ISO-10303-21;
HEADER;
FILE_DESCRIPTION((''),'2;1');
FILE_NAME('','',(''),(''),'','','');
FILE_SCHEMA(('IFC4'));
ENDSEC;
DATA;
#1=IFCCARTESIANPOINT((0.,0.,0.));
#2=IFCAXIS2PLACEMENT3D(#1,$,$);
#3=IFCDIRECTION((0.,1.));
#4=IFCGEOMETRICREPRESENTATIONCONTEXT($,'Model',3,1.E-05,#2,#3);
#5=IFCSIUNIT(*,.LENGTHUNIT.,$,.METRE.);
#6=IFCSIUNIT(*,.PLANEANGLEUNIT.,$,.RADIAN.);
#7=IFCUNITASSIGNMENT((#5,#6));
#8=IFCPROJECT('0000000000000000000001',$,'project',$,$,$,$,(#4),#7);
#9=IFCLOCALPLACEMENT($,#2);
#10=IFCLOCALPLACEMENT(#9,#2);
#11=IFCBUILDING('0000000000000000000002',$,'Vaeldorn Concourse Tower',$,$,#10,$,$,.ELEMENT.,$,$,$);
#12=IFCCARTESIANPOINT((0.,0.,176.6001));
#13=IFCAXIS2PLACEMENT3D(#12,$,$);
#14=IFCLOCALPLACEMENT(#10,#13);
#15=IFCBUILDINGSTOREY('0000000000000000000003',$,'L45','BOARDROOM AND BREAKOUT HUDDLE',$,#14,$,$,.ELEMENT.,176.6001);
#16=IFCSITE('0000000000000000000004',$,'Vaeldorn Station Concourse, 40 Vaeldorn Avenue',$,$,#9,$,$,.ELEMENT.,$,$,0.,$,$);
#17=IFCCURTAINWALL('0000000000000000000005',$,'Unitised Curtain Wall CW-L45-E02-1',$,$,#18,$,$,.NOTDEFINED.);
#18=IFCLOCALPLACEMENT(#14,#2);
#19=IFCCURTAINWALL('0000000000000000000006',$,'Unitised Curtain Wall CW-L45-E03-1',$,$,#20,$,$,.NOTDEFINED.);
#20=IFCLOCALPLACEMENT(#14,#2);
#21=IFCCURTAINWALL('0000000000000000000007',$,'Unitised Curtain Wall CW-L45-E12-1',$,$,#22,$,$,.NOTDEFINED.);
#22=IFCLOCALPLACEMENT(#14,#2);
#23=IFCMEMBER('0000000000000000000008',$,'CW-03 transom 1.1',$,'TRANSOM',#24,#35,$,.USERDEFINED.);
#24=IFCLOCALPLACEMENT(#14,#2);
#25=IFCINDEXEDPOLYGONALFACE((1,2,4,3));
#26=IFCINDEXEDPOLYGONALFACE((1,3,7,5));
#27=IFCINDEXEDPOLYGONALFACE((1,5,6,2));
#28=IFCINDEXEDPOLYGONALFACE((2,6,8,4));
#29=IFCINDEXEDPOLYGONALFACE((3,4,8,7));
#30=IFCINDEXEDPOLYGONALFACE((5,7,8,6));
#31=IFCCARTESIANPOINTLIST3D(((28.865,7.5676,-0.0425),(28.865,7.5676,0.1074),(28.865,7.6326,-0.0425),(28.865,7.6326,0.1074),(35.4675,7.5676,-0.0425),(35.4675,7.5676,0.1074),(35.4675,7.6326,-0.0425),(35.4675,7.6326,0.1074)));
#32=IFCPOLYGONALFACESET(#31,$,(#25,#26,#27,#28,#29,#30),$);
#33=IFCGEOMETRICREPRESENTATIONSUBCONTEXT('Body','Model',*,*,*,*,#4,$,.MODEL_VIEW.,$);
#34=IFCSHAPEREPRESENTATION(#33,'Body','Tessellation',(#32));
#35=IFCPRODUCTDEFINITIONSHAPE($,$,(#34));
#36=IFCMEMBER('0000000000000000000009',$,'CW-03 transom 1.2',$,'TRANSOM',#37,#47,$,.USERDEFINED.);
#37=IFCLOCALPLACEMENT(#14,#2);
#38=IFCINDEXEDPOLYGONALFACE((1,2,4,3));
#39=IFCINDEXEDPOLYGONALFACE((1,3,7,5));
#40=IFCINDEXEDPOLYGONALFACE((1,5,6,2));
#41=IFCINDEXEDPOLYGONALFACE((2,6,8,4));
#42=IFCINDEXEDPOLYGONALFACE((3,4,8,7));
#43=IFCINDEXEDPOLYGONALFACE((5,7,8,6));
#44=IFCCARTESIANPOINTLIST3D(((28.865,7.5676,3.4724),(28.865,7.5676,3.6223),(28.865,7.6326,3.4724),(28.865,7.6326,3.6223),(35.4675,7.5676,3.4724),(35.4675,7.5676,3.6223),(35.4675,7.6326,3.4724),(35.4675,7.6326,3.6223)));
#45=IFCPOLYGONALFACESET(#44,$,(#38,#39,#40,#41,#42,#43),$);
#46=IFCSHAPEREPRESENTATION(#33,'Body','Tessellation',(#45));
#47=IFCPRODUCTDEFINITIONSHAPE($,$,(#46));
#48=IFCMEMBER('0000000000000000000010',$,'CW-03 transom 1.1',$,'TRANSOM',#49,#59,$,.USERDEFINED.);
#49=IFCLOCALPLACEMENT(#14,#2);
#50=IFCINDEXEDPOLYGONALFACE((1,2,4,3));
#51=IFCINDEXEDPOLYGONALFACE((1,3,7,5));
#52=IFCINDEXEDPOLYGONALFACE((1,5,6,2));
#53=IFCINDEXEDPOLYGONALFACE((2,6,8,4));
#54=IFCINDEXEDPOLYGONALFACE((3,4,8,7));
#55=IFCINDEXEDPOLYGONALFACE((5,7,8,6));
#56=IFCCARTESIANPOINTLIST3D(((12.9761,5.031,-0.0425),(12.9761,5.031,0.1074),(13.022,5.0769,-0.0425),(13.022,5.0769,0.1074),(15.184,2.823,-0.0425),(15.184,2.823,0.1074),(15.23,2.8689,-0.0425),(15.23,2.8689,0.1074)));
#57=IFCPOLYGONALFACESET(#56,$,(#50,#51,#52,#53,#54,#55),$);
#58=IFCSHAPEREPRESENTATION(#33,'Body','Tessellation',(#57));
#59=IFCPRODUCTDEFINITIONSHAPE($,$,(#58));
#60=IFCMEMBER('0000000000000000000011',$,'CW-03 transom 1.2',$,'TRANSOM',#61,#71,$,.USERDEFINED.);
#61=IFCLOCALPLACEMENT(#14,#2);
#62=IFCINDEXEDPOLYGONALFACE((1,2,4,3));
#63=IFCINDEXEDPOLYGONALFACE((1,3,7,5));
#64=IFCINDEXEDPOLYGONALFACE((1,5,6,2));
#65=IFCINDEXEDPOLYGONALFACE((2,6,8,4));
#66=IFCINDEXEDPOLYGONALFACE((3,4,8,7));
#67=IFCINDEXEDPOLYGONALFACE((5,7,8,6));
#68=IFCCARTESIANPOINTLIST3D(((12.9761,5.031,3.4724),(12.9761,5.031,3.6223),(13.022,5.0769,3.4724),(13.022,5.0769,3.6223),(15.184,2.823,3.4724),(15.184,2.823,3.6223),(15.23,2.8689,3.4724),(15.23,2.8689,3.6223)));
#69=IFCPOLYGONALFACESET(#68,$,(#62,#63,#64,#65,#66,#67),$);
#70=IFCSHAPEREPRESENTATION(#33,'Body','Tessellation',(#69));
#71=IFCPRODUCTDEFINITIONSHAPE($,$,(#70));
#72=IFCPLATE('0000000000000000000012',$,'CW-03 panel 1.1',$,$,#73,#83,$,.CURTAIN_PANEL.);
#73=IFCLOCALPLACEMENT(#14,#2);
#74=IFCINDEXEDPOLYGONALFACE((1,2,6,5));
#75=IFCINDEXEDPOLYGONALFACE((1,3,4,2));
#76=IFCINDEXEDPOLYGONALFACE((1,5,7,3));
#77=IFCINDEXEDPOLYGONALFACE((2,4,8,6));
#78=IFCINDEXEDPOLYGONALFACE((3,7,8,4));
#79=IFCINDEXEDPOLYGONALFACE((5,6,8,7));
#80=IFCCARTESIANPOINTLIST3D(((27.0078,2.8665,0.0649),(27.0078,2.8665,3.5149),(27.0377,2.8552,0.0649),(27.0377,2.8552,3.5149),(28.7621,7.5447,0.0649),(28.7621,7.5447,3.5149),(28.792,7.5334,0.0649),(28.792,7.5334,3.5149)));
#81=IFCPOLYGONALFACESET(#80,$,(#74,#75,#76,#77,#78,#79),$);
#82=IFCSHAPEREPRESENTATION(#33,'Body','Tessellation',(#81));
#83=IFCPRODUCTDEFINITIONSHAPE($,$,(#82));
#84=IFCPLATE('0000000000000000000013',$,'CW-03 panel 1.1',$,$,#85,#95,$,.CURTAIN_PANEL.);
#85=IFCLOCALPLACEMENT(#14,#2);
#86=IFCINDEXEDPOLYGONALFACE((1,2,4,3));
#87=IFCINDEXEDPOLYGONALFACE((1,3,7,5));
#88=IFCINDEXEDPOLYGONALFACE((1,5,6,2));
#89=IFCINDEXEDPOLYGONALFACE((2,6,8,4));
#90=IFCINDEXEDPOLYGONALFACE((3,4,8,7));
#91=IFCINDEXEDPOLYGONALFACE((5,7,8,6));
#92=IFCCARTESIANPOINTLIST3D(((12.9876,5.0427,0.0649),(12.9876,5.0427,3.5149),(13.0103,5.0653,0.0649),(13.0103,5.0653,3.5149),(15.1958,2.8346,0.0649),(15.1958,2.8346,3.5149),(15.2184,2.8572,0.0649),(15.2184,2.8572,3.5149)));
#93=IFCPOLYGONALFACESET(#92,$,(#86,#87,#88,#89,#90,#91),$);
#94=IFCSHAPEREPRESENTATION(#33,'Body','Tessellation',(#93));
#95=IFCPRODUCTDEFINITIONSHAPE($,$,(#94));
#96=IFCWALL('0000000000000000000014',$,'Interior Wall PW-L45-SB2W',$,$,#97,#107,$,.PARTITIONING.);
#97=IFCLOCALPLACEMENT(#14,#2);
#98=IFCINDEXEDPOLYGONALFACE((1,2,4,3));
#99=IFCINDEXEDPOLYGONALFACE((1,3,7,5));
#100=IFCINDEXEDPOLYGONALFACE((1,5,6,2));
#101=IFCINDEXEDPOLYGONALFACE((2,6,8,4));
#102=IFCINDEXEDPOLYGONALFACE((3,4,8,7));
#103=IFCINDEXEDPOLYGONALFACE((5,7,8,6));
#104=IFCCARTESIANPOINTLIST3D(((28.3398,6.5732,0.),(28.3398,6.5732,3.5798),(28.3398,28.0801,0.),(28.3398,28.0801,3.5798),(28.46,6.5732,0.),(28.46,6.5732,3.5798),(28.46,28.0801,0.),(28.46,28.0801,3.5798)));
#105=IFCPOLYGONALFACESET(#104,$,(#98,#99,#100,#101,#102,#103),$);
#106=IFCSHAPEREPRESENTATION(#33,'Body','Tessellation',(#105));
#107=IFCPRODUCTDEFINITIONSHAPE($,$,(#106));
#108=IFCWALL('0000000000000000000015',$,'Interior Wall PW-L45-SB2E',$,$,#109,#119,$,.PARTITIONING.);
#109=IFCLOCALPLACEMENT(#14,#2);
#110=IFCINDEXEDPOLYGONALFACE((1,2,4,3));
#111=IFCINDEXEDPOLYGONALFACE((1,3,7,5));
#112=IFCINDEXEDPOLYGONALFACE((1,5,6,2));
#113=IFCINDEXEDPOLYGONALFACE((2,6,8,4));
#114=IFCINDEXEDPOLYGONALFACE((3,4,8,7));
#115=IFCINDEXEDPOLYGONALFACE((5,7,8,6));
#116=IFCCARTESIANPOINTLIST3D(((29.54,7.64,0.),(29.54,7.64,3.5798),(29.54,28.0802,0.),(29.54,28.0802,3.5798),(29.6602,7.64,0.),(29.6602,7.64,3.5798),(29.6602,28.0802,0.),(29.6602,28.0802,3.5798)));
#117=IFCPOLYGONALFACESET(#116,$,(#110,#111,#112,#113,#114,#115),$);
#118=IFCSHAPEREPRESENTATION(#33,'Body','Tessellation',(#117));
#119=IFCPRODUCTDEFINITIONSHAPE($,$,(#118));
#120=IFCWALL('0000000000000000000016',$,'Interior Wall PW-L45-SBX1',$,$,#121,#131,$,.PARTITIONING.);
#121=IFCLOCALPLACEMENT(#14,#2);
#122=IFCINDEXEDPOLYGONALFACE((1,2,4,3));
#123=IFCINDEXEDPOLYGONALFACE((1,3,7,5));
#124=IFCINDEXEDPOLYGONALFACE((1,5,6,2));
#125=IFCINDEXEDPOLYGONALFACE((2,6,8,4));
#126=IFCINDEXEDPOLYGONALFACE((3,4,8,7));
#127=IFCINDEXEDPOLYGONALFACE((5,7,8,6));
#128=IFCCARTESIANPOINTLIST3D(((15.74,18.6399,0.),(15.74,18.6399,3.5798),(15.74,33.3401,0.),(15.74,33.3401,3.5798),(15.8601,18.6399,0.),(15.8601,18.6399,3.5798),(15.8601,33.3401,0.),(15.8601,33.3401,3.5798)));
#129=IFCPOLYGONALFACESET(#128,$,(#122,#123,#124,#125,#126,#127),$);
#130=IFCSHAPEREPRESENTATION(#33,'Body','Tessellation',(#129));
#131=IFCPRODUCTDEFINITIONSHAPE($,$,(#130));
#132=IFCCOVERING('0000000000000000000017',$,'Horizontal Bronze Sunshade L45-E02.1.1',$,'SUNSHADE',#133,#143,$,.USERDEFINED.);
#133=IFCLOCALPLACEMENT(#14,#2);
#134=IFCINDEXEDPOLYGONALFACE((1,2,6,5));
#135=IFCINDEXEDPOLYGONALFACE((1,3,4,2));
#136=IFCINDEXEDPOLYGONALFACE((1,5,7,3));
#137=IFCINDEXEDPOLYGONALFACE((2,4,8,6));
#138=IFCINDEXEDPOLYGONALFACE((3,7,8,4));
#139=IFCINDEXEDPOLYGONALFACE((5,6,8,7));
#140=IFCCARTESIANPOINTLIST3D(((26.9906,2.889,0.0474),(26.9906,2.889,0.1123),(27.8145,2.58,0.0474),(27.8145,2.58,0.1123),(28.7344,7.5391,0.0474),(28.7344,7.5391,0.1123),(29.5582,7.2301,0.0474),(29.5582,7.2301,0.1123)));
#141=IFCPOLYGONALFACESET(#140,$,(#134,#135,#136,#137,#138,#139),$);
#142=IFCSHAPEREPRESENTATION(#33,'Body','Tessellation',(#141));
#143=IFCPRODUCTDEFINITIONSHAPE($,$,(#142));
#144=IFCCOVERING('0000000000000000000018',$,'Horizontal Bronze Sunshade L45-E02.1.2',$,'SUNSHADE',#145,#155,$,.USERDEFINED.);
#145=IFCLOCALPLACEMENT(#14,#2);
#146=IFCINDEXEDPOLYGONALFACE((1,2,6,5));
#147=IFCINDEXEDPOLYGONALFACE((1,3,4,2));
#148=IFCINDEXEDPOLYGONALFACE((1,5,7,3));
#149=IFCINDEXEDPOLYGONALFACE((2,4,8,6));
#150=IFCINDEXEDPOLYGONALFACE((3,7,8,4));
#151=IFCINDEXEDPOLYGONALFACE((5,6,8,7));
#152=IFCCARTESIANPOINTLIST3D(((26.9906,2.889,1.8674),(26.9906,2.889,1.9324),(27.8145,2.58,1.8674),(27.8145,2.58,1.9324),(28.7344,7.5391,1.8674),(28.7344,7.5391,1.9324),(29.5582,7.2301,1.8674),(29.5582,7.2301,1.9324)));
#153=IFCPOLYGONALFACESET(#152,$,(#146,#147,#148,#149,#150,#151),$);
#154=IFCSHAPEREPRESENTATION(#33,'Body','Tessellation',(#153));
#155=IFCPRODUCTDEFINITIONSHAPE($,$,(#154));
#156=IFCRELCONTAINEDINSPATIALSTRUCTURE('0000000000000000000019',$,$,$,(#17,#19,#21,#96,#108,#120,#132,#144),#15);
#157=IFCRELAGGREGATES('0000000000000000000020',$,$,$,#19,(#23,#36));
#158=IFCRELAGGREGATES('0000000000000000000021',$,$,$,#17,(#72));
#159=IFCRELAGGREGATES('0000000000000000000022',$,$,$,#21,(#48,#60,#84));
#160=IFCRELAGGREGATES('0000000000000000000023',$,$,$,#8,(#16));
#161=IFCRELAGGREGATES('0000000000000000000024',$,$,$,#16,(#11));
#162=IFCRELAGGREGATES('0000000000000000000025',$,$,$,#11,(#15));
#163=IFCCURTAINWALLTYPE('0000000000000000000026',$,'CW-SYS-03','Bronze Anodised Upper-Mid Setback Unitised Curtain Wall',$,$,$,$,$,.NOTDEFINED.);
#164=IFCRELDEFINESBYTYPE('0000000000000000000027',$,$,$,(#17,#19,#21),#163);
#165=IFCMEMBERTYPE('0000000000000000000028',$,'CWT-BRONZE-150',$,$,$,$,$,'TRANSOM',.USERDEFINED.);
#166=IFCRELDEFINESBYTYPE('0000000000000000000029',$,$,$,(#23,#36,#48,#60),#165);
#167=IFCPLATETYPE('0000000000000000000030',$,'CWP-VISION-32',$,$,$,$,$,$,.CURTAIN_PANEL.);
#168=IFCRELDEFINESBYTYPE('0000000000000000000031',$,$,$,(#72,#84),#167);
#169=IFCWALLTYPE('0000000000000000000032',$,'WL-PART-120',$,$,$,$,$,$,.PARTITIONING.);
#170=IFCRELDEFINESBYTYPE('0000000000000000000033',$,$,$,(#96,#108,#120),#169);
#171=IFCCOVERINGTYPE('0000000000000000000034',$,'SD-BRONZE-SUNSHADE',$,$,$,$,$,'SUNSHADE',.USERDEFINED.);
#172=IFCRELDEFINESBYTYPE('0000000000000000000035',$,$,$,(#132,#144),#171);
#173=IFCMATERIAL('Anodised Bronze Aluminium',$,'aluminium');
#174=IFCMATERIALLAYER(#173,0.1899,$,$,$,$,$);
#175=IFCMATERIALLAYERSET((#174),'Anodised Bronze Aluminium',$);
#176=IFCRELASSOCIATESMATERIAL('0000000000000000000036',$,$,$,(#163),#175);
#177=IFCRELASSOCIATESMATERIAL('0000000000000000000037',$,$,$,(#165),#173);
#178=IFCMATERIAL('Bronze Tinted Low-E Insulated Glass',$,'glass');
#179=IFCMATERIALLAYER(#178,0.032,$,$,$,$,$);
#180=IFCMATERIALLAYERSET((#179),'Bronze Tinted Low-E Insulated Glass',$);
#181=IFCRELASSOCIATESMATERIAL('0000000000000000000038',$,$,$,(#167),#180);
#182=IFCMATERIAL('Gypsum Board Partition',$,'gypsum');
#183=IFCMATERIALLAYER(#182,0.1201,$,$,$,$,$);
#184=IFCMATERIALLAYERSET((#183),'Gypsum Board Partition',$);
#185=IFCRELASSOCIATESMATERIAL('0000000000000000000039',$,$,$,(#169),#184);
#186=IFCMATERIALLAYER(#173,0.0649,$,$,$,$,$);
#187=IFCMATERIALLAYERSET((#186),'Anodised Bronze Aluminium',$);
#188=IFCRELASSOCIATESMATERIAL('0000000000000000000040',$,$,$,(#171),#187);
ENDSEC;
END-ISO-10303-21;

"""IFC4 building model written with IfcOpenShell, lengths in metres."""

from ifc_helpers import new_model, si_unit, direction, frame, frame_2d, origin, origin_2d, place, context, subcontext, project, spatial, rectangle, extrude, source, transform, mapped, material, layer, layer_set, material_profile, profile_set, type_object, element, aggregate, save


model = new_model("IFC4")

# Units and contexts
model_context = context("Model", 3, precision=1e-05, world=origin(), true_north=direction((0.0, 1.0)))
body_context = subcontext(model_context, "Body", "Model", "MODEL_VIEW")
ifc_project = project(units=[si_unit("LENGTHUNIT", "METRE"), si_unit("PLANEANGLEUNIT", "RADIAN")], contexts=[model_context])

# Site, building, storey
site_placement = place(None, origin())
site = spatial("IfcSite", under=ifc_project, at=site_placement, Name="Vaeldorn Station Concourse, 40 Vaeldorn Avenue", CompositionType="ELEMENT", RefElevation=0.0)
building_placement = place(site_placement, origin())
building = spatial("IfcBuilding", under=site, at=building_placement, Name="Vaeldorn Concourse Tower", CompositionType="ELEMENT")
storey_placement = place(building_placement, frame((0.0, 0.0, 176.6001)))
storey = spatial("IfcBuildingStorey", under=building, at=storey_placement, Name="L45", Description="BOARDROOM AND BREAKOUT HUDDLE", CompositionType="ELEMENT", Elevation=176.6001)

# Curtain walls
ifc_material_1 = material(Name="Anodised Bronze Aluminium", Category="aluminium")
ifc_layer_1 = layer(ifc_material_1, 0.1899)
ifc_layer_set_1 = layer_set([ifc_layer_1], Name="Anodised Bronze Aluminium")
curtain_wall_type = type_object("IfcCurtainWallType", Name="CW-SYS-03", Description="Bronze Anodised Upper-Mid Setback Unitised Curtain Wall", PredefinedType="NOTDEFINED", material=ifc_layer_set_1)
curtain_wall_1_placement = place(storey_placement, origin())
curtain_wall_1 = element("IfcCurtainWall", 1, at=curtain_wall_1_placement, inside=storey, type_object=curtain_wall_type, Name="Unitised Curtain Wall CW-L45-E02-1", PredefinedType="NOTDEFINED")
curtain_wall_2_placement = place(storey_placement, origin())
curtain_wall_2 = element("IfcCurtainWall", 2, at=curtain_wall_2_placement, inside=storey, type_object=curtain_wall_type, Name="Unitised Curtain Wall CW-L45-E03-1", PredefinedType="NOTDEFINED")
curtain_wall_3_placement = place(storey_placement, origin())
curtain_wall_3 = element("IfcCurtainWall", 3, at=curtain_wall_3_placement, inside=storey, type_object=curtain_wall_type, Name="Unitised Curtain Wall CW-L45-E12-1", PredefinedType="NOTDEFINED")

# Members
ifc_material_profile_1 = material_profile(ifc_material_1, rectangle(XDim=0.0649, YDim=0.1499, at=origin_2d()), Name="CWT 65x150")
ifc_profile_set_1 = profile_set([ifc_material_profile_1], Name="Anodised Bronze Aluminium")
member_type_1 = type_object("IfcMemberType", Name="CWT-BRONZE-150", ElementType="TRANSOM", PredefinedType="USERDEFINED", material=ifc_profile_set_1)
shared_shape_1 = source(origin(), body_context, "Body", "SweptSolid", [
    extrude(rectangle(XDim=0.0649, YDim=0.1499, at=origin_2d()), origin(), (0.0, 0.0, 1.0), 6.6025),
])
member_1_placement = place(storey_placement, frame((28.865, 7.6001, 0.0325), z_axis=(1.0, 0.0, 0.0), x_axis=(0.0, 1.0, 0.0)))
member_1 = element("IfcMember", 4, at=member_1_placement, type_object=member_type_1, Name="CW-03 transom 1.1", ObjectType="TRANSOM", PredefinedType="USERDEFINED", context=body_context, shape_type="MappedRepresentation", body=[
    mapped(shared_shape_1, transform((0.0, 0.0, 0.0), scale=1.0)),
])
member_2_placement = place(storey_placement, frame((28.865, 7.6001, 3.5474), z_axis=(1.0, 0.0, 0.0), x_axis=(0.0, 1.0, 0.0)))
member_2 = element("IfcMember", 5, at=member_2_placement, type_object=member_type_1, Name="CW-03 transom 1.2", ObjectType="TRANSOM", PredefinedType="USERDEFINED", context=body_context, shape_type="MappedRepresentation", body=[
    mapped(shared_shape_1, transform((0.0, 0.0, 0.0), scale=1.0)),
])
aggregate(curtain_wall_2, [member_1, member_2])
shared_shape_2 = source(origin(), body_context, "Body", "SweptSolid", [
    extrude(rectangle(XDim=0.0649, YDim=0.1499, at=origin_2d()), origin(), (0.0, 0.0, 1.0), 3.1226),
])
member_3_placement = place(storey_placement, frame((12.999, 5.054, 0.0325), z_axis=(0.707107, -0.707107, 0.0), x_axis=(0.707107, 0.707107, 0.0)))
member_3 = element("IfcMember", 6, at=member_3_placement, type_object=member_type_1, Name="CW-03 transom 1.1", ObjectType="TRANSOM", PredefinedType="USERDEFINED", context=body_context, shape_type="MappedRepresentation", body=[
    mapped(shared_shape_2, transform((0.0, 0.0, 0.0), scale=1.0)),
])
member_4_placement = place(storey_placement, frame((12.999, 5.054, 3.5474), z_axis=(0.707107, -0.707107, 0.0), x_axis=(0.707107, 0.707107, 0.0)))
member_4 = element("IfcMember", 7, at=member_4_placement, type_object=member_type_1, Name="CW-03 transom 1.2", ObjectType="TRANSOM", PredefinedType="USERDEFINED", context=body_context, shape_type="MappedRepresentation", body=[
    mapped(shared_shape_2, transform((0.0, 0.0, 0.0), scale=1.0)),
])

# Plates
ifc_material_2 = material(Name="Bronze Tinted Low-E Insulated Glass", Category="glass")
ifc_layer_2 = layer(ifc_material_2, 0.032)
ifc_layer_set_2 = layer_set([ifc_layer_2], Name="Bronze Tinted Low-E Insulated Glass")
plate_type = type_object("IfcPlateType", Name="CWP-VISION-32", PredefinedType="CURTAIN_PANEL", material=ifc_layer_set_2)
shared_shape_3 = source(origin(), body_context, "Body", "SweptSolid", [
    extrude(rectangle(XDim=4.9963, YDim=0.032, at=origin_2d()), origin(), (0.0, 0.0, 1.0), 3.45),
])
plate_1_placement = place(storey_placement, frame((27.8999, 5.2, 0.0649), z_axis=(0.0, 0.0, 1.0), x_axis=(0.351123, 0.936329, 0.0)))
plate_1 = element("IfcPlate", 8, at=plate_1_placement, type_object=plate_type, Name="CW-03 panel 1.1", PredefinedType="CURTAIN_PANEL", context=body_context, shape_type="MappedRepresentation", body=[
    mapped(shared_shape_3, transform((0.0, 0.0, 0.0), scale=1.0)),
])
aggregate(curtain_wall_1, [plate_1])
shared_shape_4 = source(origin(), body_context, "Body", "SweptSolid", [
    extrude(rectangle(XDim=3.1228, YDim=0.032, at=origin_2d()), origin(), (0.0, 0.0, 1.0), 3.45),
])
plate_2_placement = place(storey_placement, frame((14.103, 3.95, 0.0649), z_axis=(0.0, 0.0, 1.0), x_axis=(0.707107, -0.707107, 0.0)))
plate_2 = element("IfcPlate", 9, at=plate_2_placement, type_object=plate_type, Name="CW-03 panel 1.1", PredefinedType="CURTAIN_PANEL", context=body_context, shape_type="MappedRepresentation", body=[
    mapped(shared_shape_4, transform((0.0, 0.0, 0.0), scale=1.0)),
])
aggregate(curtain_wall_3, [member_3, member_4, plate_2])

# Walls
ifc_material_3 = material(Name="Gypsum Board Partition", Category="gypsum")
ifc_layer_3 = layer(ifc_material_3, 0.1201)
ifc_layer_set_3 = layer_set([ifc_layer_3], Name="Gypsum Board Partition")
wall_type = type_object("IfcWallType", Name="WL-PART-120", PredefinedType="PARTITIONING", material=ifc_layer_set_3)
wall_1_placement = place(storey_placement, frame((28.3999, 6.5732, 0.0), z_axis=(0.0, 0.0, 1.0), x_axis=(0.0, 1.0, 0.0)))
element("IfcWall", 10, at=wall_1_placement, inside=storey, type_object=wall_type, Name="Interior Wall PW-L45-SB2W", PredefinedType="PARTITIONING", context=body_context, shape_type="SweptSolid", body=[
    extrude(rectangle(XDim=21.5068, YDim=0.1201, at=frame_2d((10.7534, 0.0))), origin(), (0.0, 0.0, 1.0), 3.5798),
])
wall_2_placement = place(storey_placement, frame((29.6001, 7.6399, 0.0), z_axis=(0.0, 0.0, 1.0), x_axis=(0.0, 1.0, 0.0)))
element("IfcWall", 11, at=wall_2_placement, inside=storey, type_object=wall_type, Name="Interior Wall PW-L45-SB2E", PredefinedType="PARTITIONING", context=body_context, shape_type="SweptSolid", body=[
    extrude(rectangle(XDim=20.4402, YDim=0.1201, at=frame_2d((10.2202, 0.0))), origin(), (0.0, 0.0, 1.0), 3.5798),
])
wall_3_placement = place(storey_placement, frame((15.8, 18.6399, 0.0), z_axis=(0.0, 0.0, 1.0), x_axis=(0.0, 1.0, 0.0)))
element("IfcWall", 12, at=wall_3_placement, inside=storey, type_object=wall_type, Name="Interior Wall PW-L45-SBX1", PredefinedType="PARTITIONING", context=body_context, shape_type="SweptSolid", body=[
    extrude(rectangle(XDim=14.7002, YDim=0.1201, at=frame_2d((7.3501, 0.0))), origin(), (0.0, 0.0, 1.0), 3.5798),
])

# Coverings
ifc_layer_4 = layer(ifc_material_1, 0.0649)
ifc_layer_set_4 = layer_set([ifc_layer_4], Name="Anodised Bronze Aluminium")
covering_type = type_object("IfcCoveringType", Name="SD-BRONZE-SUNSHADE", ElementType="SUNSHADE", PredefinedType="USERDEFINED", material=ifc_layer_set_4)
shared_shape_5 = source(origin(), body_context, "Body", "SweptSolid", [
    extrude(rectangle(XDim=4.9663, YDim=0.8799, at=origin_2d()), origin(), (0.0, 0.0, 1.0), 0.0649),
])
for number, where, z_axis, x_axis, name in (
    (13, (28.2744, 5.0596, 0.0474), (0.0, 0.0, 1.0), (0.351123, 0.936329, 0.0), "Horizontal Bronze Sunshade L45-E02.1.1"),
    (14, (28.2744, 5.0596, 1.8674), (0.0, 0.0, 1.0), (0.351123, 0.936329, 0.0), "Horizontal Bronze Sunshade L45-E02.1.2"),
):
    element("IfcCovering", number, at=place(storey_placement, frame(where, z_axis=z_axis, x_axis=x_axis)), inside=storey, type_object=covering_type, Name=name, ObjectType="SUNSHADE", PredefinedType="USERDEFINED", context=body_context, shape_type="MappedRepresentation", body=[
        mapped(shared_shape_5, transform((0.0, 0.0, 0.0), scale=1.0)),
    ])

save(model, "model.ifc")
